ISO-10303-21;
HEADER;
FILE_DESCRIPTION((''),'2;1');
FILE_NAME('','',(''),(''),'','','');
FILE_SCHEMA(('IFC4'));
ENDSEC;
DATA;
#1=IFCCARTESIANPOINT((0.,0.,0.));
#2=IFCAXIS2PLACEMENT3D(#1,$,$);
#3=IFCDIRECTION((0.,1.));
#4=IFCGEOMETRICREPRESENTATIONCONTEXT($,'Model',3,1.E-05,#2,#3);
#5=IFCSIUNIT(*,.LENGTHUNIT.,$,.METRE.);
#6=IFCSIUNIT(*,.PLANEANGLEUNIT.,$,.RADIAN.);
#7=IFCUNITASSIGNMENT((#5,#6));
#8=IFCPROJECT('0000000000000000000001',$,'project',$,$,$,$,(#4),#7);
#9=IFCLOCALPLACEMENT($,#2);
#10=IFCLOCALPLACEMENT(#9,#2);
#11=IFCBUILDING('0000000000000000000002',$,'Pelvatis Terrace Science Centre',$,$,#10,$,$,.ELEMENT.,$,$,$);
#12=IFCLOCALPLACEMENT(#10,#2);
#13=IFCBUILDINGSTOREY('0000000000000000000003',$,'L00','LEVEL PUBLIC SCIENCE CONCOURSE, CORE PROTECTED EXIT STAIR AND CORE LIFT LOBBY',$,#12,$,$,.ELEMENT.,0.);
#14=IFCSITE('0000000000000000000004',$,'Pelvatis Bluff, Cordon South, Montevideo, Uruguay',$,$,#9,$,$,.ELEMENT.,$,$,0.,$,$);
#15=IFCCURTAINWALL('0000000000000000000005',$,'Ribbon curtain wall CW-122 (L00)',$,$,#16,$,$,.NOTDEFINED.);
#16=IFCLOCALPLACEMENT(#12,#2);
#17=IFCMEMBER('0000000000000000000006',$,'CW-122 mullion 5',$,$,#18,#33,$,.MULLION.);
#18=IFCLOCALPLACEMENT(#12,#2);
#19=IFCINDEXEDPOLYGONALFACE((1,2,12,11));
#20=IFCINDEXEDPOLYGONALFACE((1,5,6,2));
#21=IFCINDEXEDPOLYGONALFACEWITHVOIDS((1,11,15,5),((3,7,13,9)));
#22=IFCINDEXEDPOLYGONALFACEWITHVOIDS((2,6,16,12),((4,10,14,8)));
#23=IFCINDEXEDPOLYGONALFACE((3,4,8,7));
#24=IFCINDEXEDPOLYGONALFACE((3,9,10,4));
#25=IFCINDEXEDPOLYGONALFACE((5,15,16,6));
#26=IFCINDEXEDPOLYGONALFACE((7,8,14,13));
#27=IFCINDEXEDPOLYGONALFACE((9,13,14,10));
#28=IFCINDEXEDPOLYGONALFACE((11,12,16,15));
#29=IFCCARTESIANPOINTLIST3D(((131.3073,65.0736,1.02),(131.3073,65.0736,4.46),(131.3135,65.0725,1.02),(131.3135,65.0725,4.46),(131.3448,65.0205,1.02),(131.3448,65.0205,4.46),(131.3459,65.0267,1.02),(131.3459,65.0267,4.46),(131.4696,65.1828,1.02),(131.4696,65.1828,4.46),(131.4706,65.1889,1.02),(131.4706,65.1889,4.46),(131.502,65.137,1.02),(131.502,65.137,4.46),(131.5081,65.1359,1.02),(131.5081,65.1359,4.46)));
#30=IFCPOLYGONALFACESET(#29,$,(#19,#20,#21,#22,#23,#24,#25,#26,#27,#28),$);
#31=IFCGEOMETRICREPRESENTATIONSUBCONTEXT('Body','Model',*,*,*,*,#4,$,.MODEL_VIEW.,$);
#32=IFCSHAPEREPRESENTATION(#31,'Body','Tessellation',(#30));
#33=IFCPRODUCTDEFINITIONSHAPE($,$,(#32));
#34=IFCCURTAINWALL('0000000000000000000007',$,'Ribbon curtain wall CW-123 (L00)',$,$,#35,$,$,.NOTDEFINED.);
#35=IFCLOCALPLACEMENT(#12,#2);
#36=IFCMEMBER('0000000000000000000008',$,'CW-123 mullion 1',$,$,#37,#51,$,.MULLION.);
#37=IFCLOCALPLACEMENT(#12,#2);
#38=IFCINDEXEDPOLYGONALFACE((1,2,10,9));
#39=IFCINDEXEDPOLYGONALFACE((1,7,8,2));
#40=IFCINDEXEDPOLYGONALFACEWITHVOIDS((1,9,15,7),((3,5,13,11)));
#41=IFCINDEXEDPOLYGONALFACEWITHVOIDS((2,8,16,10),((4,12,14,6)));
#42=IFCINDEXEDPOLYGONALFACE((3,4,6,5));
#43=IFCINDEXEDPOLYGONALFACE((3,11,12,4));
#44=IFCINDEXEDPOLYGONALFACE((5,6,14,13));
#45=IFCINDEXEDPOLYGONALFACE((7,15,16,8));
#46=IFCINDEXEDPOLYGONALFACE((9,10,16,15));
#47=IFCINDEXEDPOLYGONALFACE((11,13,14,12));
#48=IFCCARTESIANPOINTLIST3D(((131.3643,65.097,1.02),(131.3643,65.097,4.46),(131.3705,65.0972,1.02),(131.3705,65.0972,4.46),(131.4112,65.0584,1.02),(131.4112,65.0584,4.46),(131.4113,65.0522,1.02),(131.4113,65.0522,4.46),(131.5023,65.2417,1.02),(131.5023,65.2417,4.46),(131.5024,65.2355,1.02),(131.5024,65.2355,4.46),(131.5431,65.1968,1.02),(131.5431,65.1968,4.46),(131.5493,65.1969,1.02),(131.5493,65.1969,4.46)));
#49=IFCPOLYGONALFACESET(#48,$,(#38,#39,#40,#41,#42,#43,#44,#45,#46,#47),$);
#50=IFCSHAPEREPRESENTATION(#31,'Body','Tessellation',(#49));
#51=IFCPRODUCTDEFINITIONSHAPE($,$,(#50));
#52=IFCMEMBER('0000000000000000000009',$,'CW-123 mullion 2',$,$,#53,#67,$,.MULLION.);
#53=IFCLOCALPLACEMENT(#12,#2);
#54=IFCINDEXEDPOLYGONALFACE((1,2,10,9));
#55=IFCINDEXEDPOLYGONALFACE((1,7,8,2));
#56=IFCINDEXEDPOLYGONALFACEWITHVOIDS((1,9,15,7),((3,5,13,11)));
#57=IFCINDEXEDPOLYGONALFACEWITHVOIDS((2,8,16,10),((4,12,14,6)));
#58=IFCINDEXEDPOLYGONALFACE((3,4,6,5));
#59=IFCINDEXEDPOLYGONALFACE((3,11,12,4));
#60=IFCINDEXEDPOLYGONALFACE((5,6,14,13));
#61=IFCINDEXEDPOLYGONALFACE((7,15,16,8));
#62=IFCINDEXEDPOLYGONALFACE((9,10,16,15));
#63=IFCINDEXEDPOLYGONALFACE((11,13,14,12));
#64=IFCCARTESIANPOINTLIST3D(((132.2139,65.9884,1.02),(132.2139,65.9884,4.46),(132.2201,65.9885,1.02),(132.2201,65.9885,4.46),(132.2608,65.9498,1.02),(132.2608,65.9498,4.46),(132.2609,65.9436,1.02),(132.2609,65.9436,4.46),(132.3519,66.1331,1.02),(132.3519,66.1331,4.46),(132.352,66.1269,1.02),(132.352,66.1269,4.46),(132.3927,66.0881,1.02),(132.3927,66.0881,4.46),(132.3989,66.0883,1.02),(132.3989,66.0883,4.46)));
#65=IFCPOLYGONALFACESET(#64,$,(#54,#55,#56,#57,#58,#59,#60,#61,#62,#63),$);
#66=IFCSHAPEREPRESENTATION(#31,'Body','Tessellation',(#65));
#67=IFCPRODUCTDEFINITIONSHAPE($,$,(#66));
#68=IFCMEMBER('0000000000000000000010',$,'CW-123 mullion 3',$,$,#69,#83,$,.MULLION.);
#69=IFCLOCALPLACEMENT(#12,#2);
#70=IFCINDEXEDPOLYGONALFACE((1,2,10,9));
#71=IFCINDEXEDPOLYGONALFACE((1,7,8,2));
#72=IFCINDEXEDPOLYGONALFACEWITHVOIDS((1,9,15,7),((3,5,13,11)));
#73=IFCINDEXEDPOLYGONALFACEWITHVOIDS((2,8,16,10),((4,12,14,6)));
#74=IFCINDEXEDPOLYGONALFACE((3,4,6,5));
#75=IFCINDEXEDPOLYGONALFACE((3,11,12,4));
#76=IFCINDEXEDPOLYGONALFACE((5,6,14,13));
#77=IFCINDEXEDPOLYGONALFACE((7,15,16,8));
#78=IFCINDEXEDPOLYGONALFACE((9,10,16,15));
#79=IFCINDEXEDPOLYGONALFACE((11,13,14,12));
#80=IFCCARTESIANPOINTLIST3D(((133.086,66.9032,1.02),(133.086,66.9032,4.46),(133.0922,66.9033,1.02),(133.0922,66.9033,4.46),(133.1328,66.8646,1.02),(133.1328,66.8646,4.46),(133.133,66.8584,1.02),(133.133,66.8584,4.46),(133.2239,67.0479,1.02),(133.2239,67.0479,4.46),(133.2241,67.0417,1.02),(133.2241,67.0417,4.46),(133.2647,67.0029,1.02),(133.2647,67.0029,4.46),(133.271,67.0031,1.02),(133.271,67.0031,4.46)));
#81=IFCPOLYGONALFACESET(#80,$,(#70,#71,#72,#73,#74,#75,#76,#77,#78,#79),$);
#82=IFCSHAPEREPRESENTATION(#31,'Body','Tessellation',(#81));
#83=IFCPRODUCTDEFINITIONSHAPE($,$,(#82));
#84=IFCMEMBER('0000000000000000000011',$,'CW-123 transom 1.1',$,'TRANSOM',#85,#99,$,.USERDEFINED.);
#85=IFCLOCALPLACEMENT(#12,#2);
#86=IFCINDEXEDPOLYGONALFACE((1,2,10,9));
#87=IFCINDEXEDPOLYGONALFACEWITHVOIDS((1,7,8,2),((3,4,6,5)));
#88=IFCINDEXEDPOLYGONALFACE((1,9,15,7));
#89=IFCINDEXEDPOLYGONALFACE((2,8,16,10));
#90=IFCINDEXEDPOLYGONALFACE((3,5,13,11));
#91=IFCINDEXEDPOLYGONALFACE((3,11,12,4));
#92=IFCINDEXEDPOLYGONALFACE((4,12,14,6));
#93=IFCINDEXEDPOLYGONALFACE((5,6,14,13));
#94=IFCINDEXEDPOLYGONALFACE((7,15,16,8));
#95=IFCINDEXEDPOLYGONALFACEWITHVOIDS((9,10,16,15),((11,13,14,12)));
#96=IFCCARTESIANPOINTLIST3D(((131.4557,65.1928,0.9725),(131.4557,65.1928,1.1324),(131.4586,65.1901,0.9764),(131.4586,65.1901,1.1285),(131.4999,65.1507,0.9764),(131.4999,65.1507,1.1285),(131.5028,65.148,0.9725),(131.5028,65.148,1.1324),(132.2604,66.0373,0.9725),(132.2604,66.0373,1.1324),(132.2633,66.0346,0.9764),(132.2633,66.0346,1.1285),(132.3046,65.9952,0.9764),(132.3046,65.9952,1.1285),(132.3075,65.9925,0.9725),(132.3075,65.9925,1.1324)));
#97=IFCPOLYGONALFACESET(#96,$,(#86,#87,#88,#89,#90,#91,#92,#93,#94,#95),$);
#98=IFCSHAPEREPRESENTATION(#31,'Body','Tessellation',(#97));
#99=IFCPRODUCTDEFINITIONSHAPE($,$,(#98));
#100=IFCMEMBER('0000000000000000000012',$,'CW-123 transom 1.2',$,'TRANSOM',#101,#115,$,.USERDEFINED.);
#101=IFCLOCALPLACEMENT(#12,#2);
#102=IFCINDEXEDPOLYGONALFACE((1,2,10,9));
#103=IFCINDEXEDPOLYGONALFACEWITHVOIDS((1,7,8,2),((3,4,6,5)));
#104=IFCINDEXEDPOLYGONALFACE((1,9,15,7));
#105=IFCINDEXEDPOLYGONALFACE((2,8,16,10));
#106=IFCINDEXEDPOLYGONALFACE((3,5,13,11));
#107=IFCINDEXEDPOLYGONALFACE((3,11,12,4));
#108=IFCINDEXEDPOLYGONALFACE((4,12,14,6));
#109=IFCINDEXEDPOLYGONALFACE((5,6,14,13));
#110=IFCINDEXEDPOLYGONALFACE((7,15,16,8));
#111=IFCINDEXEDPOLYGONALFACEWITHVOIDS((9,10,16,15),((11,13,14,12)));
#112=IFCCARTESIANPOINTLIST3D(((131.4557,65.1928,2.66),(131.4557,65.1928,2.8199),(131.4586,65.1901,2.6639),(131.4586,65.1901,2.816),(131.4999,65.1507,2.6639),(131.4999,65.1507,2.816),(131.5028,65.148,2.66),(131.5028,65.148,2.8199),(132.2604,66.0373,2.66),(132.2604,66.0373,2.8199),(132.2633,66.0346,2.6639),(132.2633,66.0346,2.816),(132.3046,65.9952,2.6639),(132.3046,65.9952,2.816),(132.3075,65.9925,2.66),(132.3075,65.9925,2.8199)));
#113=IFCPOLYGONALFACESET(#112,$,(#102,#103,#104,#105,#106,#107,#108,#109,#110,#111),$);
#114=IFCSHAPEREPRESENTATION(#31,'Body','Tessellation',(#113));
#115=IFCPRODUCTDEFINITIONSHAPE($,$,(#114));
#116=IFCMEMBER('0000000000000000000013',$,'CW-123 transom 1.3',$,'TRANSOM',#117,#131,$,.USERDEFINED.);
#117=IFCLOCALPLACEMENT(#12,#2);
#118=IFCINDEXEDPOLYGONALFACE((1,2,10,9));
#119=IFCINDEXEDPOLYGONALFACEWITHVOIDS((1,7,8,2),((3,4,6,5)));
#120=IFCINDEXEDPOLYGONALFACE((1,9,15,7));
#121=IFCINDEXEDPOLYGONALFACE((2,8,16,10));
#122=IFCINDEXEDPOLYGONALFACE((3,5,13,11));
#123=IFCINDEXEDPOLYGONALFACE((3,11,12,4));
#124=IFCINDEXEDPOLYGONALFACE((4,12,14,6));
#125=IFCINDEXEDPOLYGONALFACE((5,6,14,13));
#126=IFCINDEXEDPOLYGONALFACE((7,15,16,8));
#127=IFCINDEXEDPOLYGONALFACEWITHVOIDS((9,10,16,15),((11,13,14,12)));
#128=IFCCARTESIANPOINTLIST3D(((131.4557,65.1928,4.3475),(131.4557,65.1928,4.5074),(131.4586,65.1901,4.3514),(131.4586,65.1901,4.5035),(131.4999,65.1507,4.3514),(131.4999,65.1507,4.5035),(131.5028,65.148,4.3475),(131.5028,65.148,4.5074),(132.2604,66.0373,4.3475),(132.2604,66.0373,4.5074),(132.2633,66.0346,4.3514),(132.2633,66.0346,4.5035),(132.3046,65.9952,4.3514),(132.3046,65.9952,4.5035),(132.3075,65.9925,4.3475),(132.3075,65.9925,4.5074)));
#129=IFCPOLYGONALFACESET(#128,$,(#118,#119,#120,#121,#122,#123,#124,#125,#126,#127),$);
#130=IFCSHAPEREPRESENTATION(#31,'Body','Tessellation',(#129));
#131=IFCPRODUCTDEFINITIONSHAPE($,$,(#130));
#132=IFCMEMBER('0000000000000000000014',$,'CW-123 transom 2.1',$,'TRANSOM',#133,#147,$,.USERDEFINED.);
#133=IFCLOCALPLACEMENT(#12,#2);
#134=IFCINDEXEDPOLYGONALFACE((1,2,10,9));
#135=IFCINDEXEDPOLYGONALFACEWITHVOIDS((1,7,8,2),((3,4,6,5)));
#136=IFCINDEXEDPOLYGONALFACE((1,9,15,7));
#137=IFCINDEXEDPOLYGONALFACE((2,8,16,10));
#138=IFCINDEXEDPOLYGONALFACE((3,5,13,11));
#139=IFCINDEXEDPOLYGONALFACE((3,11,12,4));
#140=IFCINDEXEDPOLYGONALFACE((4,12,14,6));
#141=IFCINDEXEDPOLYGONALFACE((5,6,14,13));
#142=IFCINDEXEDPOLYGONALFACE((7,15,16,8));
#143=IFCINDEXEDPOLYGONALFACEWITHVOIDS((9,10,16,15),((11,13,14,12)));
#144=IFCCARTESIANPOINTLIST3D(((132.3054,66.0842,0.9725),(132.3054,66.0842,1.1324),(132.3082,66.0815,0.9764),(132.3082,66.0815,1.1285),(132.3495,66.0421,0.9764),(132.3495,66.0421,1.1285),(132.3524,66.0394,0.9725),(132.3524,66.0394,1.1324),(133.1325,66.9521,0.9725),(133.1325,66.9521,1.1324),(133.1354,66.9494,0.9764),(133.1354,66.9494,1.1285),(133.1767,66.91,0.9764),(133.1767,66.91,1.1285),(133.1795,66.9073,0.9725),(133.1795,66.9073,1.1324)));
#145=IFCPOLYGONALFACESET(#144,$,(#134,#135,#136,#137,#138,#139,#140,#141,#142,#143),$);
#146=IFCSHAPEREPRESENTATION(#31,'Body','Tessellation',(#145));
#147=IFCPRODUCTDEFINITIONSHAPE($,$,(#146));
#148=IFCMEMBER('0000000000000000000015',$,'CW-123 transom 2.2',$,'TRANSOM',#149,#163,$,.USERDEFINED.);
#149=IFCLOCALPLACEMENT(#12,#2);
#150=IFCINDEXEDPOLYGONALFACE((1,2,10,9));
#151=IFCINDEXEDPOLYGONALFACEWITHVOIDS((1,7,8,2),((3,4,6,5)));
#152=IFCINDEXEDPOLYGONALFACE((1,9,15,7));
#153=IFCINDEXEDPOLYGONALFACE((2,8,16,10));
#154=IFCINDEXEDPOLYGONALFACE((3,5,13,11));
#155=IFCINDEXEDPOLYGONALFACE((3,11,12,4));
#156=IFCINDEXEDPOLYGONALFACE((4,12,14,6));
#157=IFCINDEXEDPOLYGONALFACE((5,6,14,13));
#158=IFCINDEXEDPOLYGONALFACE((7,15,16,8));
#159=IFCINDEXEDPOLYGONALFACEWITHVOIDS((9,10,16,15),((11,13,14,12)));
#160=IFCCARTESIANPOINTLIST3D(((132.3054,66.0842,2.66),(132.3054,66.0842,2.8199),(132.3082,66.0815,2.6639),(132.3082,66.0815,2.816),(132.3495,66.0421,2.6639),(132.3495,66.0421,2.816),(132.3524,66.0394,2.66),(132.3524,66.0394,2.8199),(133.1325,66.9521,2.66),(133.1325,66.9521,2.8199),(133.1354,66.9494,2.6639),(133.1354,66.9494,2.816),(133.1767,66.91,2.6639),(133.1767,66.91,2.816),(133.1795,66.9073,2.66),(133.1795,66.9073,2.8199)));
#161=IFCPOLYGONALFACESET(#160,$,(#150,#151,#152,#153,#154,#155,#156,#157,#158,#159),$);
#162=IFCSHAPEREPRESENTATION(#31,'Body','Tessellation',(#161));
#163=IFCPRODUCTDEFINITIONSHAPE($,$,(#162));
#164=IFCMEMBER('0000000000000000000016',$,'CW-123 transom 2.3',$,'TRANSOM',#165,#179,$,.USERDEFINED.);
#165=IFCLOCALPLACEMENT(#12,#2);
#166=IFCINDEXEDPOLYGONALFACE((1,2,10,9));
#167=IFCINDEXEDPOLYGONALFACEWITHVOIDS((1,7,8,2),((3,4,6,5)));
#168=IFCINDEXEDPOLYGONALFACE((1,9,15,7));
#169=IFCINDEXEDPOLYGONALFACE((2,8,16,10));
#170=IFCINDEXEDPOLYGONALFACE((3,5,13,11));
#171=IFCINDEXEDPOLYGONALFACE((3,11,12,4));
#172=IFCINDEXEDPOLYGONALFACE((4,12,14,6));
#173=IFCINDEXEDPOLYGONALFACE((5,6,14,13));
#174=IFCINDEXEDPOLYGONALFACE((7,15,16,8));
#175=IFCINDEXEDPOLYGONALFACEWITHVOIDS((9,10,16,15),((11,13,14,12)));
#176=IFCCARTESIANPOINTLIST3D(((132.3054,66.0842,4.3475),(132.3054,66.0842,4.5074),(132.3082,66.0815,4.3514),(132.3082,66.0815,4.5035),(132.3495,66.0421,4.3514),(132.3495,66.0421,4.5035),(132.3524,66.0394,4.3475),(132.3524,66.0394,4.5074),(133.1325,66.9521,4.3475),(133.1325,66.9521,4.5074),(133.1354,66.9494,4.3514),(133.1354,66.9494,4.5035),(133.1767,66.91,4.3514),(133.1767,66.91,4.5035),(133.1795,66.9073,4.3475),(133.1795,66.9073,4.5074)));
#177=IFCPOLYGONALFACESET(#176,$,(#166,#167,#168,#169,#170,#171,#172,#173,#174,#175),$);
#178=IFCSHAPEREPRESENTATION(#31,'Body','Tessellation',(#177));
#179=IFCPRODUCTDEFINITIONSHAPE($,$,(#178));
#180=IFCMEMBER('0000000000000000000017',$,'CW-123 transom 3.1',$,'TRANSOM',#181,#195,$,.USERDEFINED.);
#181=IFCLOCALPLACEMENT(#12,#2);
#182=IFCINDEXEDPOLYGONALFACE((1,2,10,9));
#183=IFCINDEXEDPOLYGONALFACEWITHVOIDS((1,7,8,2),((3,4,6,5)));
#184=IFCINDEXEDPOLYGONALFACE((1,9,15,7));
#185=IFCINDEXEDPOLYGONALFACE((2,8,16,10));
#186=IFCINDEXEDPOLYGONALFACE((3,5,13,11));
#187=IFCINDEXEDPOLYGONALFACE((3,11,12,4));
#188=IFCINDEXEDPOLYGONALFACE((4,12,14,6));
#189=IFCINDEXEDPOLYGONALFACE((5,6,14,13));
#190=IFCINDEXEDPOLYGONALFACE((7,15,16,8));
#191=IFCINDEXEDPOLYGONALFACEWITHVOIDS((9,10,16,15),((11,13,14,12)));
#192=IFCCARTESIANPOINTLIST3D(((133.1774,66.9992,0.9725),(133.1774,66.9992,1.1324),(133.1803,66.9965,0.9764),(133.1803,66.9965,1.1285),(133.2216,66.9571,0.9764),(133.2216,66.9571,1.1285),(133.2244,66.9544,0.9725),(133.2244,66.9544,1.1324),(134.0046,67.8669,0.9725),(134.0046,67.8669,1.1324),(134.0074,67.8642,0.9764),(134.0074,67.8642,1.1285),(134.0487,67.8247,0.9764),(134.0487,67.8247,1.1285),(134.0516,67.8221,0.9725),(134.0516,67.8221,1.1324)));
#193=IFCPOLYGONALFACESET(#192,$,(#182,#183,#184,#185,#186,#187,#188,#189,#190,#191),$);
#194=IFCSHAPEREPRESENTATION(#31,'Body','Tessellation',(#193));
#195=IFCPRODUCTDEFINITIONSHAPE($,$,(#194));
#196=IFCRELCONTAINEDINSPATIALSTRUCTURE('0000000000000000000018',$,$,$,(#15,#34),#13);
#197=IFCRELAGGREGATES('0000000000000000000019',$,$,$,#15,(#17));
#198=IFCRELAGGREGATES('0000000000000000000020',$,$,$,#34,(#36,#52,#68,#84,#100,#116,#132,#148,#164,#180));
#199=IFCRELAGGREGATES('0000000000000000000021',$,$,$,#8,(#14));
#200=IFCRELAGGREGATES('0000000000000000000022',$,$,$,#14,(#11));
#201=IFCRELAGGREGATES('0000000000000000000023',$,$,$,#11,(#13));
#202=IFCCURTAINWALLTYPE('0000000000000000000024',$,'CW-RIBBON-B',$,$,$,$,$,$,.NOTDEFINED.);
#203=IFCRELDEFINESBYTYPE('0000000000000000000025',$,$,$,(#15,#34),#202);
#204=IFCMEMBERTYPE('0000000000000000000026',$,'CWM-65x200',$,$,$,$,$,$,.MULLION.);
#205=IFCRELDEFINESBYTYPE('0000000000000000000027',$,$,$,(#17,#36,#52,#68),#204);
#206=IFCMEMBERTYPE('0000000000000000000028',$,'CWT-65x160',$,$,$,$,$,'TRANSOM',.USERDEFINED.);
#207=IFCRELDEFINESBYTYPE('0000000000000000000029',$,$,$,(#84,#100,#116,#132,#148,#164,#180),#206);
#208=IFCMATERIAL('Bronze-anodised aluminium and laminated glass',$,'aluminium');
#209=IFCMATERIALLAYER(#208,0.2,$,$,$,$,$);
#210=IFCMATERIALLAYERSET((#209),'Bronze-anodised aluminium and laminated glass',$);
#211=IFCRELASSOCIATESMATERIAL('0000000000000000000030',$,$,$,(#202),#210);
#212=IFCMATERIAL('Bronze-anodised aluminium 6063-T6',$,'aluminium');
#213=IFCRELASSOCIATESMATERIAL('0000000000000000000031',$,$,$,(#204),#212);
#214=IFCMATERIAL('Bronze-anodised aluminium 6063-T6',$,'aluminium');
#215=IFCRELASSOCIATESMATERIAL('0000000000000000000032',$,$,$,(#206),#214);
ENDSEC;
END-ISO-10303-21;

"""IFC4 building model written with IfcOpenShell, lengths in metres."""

from ifc_helpers import new_model, si_unit, direction, frame, origin, origin_2d, place, context, subcontext, project, spatial, hollow_rectangle, extrude, material, layer, layer_set, material_profile, profile_set, type_object, element, aggregate, save


model = new_model("IFC4")

# Units and contexts
model_context = context("Model", 3, precision=1e-05, world=origin(), true_north=direction((0.0, 1.0)))
body_context = subcontext(model_context, "Body", "Model", "MODEL_VIEW")
ifc_project = project(units=[si_unit("LENGTHUNIT", "METRE"), si_unit("PLANEANGLEUNIT", "RADIAN")], contexts=[model_context])

# Site, building, storey
site_placement = place(None, origin())
site = spatial("IfcSite", under=ifc_project, at=site_placement, Name="Pelvatis Bluff, Cordon South, Montevideo, Uruguay", CompositionType="ELEMENT", RefElevation=0.0)
building_placement = place(site_placement, origin())
building = spatial("IfcBuilding", under=site, at=building_placement, Name="Pelvatis Terrace Science Centre", CompositionType="ELEMENT")
storey_placement = place(building_placement, origin())
storey = spatial("IfcBuildingStorey", under=building, at=storey_placement, Name="L00", Description="LEVEL PUBLIC SCIENCE CONCOURSE, CORE PROTECTED EXIT STAIR AND CORE LIFT LOBBY", CompositionType="ELEMENT", Elevation=0.0)

# Curtain wall, member
ifc_material_1 = material(Name="Bronze-anodised aluminium and laminated glass", Category="aluminium")
ifc_layer_1 = layer(ifc_material_1, 0.2)
ifc_layer_set_1 = layer_set([ifc_layer_1], Name="Bronze-anodised aluminium and laminated glass")
curtain_wall_type = type_object("IfcCurtainWallType", Name="CW-RIBBON-B", PredefinedType="NOTDEFINED", material=ifc_layer_set_1)
curtain_wall_1_placement = place(storey_placement, origin())
curtain_wall_1 = element("IfcCurtainWall", 1, at=curtain_wall_1_placement, inside=storey, type_object=curtain_wall_type, Name="Ribbon curtain wall CW-122 (L00)", PredefinedType="NOTDEFINED")
ifc_material_2 = material(Name="Bronze-anodised aluminium 6063-T6", Category="aluminium")
ifc_material_profile_1 = material_profile(ifc_material_2, hollow_rectangle(XDim=0.0649, YDim=0.2, WallThickness=0.0044, at=origin_2d()), Name="ALU-MUL 65x200")
ifc_profile_set_1 = profile_set([ifc_material_profile_1], Name="Bronze-anodised aluminium 6063-T6")
member_type_1 = type_object("IfcMemberType", Name="CWM-65x200", PredefinedType="MULLION", material=ifc_profile_set_1)
member_1_placement = place(storey_placement, frame((131.4077, 65.1047, 1.02), z_axis=(0.0, 0.0, 1.0), x_axis=(-0.577065, 0.816698, 0.0)))
member_1 = element("IfcMember", 2, at=member_1_placement, type_object=member_type_1, Name="CW-122 mullion 5", PredefinedType="MULLION", context=body_context, shape_type="SweptSolid", body=[
    extrude(hollow_rectangle(XDim=0.0649, YDim=0.2, WallThickness=0.0044, at=origin_2d()), origin(), (0.0, 0.0, 1.0), 3.4399),
])

# Curtain wall, members
curtain_wall_2_placement = place(storey_placement, origin())
curtain_wall_2 = element("IfcCurtainWall", 3, at=curtain_wall_2_placement, inside=storey, type_object=curtain_wall_type, Name="Ribbon curtain wall CW-123 (L00)", PredefinedType="NOTDEFINED")
member_2_placement = place(storey_placement, frame((131.4568, 65.147, 1.02), z_axis=(0.0, 0.0, 1.0), x_axis=(-0.723835, 0.689973, 0.0)))
member_2 = element("IfcMember", 4, at=member_2_placement, type_object=member_type_1, Name="CW-123 mullion 1", PredefinedType="MULLION", context=body_context, shape_type="SweptSolid", body=[
    extrude(hollow_rectangle(XDim=0.0649, YDim=0.2, WallThickness=0.0044, at=origin_2d()), origin(), (0.0, 0.0, 1.0), 3.4399),
])
member_3_placement = place(storey_placement, frame((132.3064, 66.0383, 1.02), z_axis=(0.0, 0.0, 1.0), x_axis=(-0.723835, 0.689973, 0.0)))
member_3 = element("IfcMember", 5, at=member_3_placement, type_object=member_type_1, Name="CW-123 mullion 2", PredefinedType="MULLION", context=body_context, shape_type="SweptSolid", body=[
    extrude(hollow_rectangle(XDim=0.0649, YDim=0.2, WallThickness=0.0044, at=origin_2d()), origin(), (0.0, 0.0, 1.0), 3.4399),
])
member_4_placement = place(storey_placement, frame((133.1785, 66.9531, 1.02), z_axis=(0.0, 0.0, 1.0), x_axis=(-0.723835, 0.689973, 0.0)))
member_4 = element("IfcMember", 6, at=member_4_placement, type_object=member_type_1, Name="CW-123 mullion 3", PredefinedType="MULLION", context=body_context, shape_type="SweptSolid", body=[
    extrude(hollow_rectangle(XDim=0.0649, YDim=0.2, WallThickness=0.0044, at=origin_2d()), origin(), (0.0, 0.0, 1.0), 3.4399),
])
ifc_material_3 = material(Name="Bronze-anodised aluminium 6063-T6", Category="aluminium")
ifc_material_profile_2 = material_profile(ifc_material_3, hollow_rectangle(XDim=0.0649, YDim=0.1599, WallThickness=0.0039, at=origin_2d()), Name="ALU-TRN 65x160")
ifc_profile_set_2 = profile_set([ifc_material_profile_2], Name="Bronze-anodised aluminium 6063-T6")
member_type_2 = type_object("IfcMemberType", Name="CWT-65x160", ElementType="TRANSOM", PredefinedType="USERDEFINED", material=ifc_profile_set_2)
member_5_placement = place(storey_placement, frame((131.4792, 65.1704, 1.0525), z_axis=(0.689843, 0.723959, 0.0), x_axis=(-0.723959, 0.689843, 0.0)))
member_5 = element("IfcMember", 7, at=member_5_placement, type_object=member_type_2, Name="CW-123 transom 1.1", ObjectType="TRANSOM", PredefinedType="USERDEFINED", context=body_context, shape_type="SweptSolid", body=[
    extrude(hollow_rectangle(XDim=0.0649, YDim=0.1599, WallThickness=0.0039, at=origin_2d()), origin(), (0.0, 0.0, 1.0), 1.1665),
])
member_6_placement = place(storey_placement, frame((131.4792, 65.1704, 2.74), z_axis=(0.689843, 0.723959, 0.0), x_axis=(-0.723959, 0.689843, 0.0)))
member_6 = element("IfcMember", 8, at=member_6_placement, type_object=member_type_2, Name="CW-123 transom 1.2", ObjectType="TRANSOM", PredefinedType="USERDEFINED", context=body_context, shape_type="SweptSolid", body=[
    extrude(hollow_rectangle(XDim=0.0649, YDim=0.1599, WallThickness=0.0039, at=origin_2d()), origin(), (0.0, 0.0, 1.0), 1.1665),
])
member_7_placement = place(storey_placement, frame((131.4792, 65.1704, 4.4275), z_axis=(0.689843, 0.723959, 0.0), x_axis=(-0.723959, 0.689843, 0.0)))
member_7 = element("IfcMember", 9, at=member_7_placement, type_object=member_type_2, Name="CW-123 transom 1.3", ObjectType="TRANSOM", PredefinedType="USERDEFINED", context=body_context, shape_type="SweptSolid", body=[
    extrude(hollow_rectangle(XDim=0.0649, YDim=0.1599, WallThickness=0.0039, at=origin_2d()), origin(), (0.0, 0.0, 1.0), 1.1665),
])
member_8_placement = place(storey_placement, frame((132.3289, 66.0618, 1.0525), z_axis=(0.689899, 0.723905, 0.0), x_axis=(-0.723905, 0.689899, 0.0)))
member_8 = element("IfcMember", 10, at=member_8_placement, type_object=member_type_2, Name="CW-123 transom 2.1", ObjectType="TRANSOM", PredefinedType="USERDEFINED", context=body_context, shape_type="SweptSolid", body=[
    extrude(hollow_rectangle(XDim=0.0649, YDim=0.1599, WallThickness=0.0039, at=origin_2d()), origin(), (0.0, 0.0, 1.0), 1.199),
])
member_9_placement = place(storey_placement, frame((132.3289, 66.0618, 2.74), z_axis=(0.689899, 0.723905, 0.0), x_axis=(-0.723905, 0.689899, 0.0)))
member_9 = element("IfcMember", 11, at=member_9_placement, type_object=member_type_2, Name="CW-123 transom 2.2", ObjectType="TRANSOM", PredefinedType="USERDEFINED", context=body_context, shape_type="SweptSolid", body=[
    extrude(hollow_rectangle(XDim=0.0649, YDim=0.1599, WallThickness=0.0039, at=origin_2d()), origin(), (0.0, 0.0, 1.0), 1.199),
])
member_10_placement = place(storey_placement, frame((132.3289, 66.0618, 4.4275), z_axis=(0.689899, 0.723905, 0.0), x_axis=(-0.723905, 0.689899, 0.0)))
member_10 = element("IfcMember", 12, at=member_10_placement, type_object=member_type_2, Name="CW-123 transom 2.3", ObjectType="TRANSOM", PredefinedType="USERDEFINED", context=body_context, shape_type="SweptSolid", body=[
    extrude(hollow_rectangle(XDim=0.0649, YDim=0.1599, WallThickness=0.0039, at=origin_2d()), origin(), (0.0, 0.0, 1.0), 1.199),
])
member_11_placement = place(storey_placement, frame((133.2009, 66.9768, 1.0525), z_axis=(0.690001, 0.723809, 0.0), x_axis=(-0.723809, 0.690001, 0.0)))
member_11 = element("IfcMember", 13, at=member_11_placement, type_object=member_type_2, Name="CW-123 transom 3.1", ObjectType="TRANSOM", PredefinedType="USERDEFINED", context=body_context, shape_type="SweptSolid", body=[
    extrude(hollow_rectangle(XDim=0.0649, YDim=0.1599, WallThickness=0.0039, at=origin_2d()), origin(), (0.0, 0.0, 1.0), 1.1987),
])

aggregate(curtain_wall_1, [member_1])
aggregate(curtain_wall_2, [member_2, member_3, member_4, member_5, member_6, member_7, member_8, member_9, member_10, member_11])

save(model, "model.ifc")
